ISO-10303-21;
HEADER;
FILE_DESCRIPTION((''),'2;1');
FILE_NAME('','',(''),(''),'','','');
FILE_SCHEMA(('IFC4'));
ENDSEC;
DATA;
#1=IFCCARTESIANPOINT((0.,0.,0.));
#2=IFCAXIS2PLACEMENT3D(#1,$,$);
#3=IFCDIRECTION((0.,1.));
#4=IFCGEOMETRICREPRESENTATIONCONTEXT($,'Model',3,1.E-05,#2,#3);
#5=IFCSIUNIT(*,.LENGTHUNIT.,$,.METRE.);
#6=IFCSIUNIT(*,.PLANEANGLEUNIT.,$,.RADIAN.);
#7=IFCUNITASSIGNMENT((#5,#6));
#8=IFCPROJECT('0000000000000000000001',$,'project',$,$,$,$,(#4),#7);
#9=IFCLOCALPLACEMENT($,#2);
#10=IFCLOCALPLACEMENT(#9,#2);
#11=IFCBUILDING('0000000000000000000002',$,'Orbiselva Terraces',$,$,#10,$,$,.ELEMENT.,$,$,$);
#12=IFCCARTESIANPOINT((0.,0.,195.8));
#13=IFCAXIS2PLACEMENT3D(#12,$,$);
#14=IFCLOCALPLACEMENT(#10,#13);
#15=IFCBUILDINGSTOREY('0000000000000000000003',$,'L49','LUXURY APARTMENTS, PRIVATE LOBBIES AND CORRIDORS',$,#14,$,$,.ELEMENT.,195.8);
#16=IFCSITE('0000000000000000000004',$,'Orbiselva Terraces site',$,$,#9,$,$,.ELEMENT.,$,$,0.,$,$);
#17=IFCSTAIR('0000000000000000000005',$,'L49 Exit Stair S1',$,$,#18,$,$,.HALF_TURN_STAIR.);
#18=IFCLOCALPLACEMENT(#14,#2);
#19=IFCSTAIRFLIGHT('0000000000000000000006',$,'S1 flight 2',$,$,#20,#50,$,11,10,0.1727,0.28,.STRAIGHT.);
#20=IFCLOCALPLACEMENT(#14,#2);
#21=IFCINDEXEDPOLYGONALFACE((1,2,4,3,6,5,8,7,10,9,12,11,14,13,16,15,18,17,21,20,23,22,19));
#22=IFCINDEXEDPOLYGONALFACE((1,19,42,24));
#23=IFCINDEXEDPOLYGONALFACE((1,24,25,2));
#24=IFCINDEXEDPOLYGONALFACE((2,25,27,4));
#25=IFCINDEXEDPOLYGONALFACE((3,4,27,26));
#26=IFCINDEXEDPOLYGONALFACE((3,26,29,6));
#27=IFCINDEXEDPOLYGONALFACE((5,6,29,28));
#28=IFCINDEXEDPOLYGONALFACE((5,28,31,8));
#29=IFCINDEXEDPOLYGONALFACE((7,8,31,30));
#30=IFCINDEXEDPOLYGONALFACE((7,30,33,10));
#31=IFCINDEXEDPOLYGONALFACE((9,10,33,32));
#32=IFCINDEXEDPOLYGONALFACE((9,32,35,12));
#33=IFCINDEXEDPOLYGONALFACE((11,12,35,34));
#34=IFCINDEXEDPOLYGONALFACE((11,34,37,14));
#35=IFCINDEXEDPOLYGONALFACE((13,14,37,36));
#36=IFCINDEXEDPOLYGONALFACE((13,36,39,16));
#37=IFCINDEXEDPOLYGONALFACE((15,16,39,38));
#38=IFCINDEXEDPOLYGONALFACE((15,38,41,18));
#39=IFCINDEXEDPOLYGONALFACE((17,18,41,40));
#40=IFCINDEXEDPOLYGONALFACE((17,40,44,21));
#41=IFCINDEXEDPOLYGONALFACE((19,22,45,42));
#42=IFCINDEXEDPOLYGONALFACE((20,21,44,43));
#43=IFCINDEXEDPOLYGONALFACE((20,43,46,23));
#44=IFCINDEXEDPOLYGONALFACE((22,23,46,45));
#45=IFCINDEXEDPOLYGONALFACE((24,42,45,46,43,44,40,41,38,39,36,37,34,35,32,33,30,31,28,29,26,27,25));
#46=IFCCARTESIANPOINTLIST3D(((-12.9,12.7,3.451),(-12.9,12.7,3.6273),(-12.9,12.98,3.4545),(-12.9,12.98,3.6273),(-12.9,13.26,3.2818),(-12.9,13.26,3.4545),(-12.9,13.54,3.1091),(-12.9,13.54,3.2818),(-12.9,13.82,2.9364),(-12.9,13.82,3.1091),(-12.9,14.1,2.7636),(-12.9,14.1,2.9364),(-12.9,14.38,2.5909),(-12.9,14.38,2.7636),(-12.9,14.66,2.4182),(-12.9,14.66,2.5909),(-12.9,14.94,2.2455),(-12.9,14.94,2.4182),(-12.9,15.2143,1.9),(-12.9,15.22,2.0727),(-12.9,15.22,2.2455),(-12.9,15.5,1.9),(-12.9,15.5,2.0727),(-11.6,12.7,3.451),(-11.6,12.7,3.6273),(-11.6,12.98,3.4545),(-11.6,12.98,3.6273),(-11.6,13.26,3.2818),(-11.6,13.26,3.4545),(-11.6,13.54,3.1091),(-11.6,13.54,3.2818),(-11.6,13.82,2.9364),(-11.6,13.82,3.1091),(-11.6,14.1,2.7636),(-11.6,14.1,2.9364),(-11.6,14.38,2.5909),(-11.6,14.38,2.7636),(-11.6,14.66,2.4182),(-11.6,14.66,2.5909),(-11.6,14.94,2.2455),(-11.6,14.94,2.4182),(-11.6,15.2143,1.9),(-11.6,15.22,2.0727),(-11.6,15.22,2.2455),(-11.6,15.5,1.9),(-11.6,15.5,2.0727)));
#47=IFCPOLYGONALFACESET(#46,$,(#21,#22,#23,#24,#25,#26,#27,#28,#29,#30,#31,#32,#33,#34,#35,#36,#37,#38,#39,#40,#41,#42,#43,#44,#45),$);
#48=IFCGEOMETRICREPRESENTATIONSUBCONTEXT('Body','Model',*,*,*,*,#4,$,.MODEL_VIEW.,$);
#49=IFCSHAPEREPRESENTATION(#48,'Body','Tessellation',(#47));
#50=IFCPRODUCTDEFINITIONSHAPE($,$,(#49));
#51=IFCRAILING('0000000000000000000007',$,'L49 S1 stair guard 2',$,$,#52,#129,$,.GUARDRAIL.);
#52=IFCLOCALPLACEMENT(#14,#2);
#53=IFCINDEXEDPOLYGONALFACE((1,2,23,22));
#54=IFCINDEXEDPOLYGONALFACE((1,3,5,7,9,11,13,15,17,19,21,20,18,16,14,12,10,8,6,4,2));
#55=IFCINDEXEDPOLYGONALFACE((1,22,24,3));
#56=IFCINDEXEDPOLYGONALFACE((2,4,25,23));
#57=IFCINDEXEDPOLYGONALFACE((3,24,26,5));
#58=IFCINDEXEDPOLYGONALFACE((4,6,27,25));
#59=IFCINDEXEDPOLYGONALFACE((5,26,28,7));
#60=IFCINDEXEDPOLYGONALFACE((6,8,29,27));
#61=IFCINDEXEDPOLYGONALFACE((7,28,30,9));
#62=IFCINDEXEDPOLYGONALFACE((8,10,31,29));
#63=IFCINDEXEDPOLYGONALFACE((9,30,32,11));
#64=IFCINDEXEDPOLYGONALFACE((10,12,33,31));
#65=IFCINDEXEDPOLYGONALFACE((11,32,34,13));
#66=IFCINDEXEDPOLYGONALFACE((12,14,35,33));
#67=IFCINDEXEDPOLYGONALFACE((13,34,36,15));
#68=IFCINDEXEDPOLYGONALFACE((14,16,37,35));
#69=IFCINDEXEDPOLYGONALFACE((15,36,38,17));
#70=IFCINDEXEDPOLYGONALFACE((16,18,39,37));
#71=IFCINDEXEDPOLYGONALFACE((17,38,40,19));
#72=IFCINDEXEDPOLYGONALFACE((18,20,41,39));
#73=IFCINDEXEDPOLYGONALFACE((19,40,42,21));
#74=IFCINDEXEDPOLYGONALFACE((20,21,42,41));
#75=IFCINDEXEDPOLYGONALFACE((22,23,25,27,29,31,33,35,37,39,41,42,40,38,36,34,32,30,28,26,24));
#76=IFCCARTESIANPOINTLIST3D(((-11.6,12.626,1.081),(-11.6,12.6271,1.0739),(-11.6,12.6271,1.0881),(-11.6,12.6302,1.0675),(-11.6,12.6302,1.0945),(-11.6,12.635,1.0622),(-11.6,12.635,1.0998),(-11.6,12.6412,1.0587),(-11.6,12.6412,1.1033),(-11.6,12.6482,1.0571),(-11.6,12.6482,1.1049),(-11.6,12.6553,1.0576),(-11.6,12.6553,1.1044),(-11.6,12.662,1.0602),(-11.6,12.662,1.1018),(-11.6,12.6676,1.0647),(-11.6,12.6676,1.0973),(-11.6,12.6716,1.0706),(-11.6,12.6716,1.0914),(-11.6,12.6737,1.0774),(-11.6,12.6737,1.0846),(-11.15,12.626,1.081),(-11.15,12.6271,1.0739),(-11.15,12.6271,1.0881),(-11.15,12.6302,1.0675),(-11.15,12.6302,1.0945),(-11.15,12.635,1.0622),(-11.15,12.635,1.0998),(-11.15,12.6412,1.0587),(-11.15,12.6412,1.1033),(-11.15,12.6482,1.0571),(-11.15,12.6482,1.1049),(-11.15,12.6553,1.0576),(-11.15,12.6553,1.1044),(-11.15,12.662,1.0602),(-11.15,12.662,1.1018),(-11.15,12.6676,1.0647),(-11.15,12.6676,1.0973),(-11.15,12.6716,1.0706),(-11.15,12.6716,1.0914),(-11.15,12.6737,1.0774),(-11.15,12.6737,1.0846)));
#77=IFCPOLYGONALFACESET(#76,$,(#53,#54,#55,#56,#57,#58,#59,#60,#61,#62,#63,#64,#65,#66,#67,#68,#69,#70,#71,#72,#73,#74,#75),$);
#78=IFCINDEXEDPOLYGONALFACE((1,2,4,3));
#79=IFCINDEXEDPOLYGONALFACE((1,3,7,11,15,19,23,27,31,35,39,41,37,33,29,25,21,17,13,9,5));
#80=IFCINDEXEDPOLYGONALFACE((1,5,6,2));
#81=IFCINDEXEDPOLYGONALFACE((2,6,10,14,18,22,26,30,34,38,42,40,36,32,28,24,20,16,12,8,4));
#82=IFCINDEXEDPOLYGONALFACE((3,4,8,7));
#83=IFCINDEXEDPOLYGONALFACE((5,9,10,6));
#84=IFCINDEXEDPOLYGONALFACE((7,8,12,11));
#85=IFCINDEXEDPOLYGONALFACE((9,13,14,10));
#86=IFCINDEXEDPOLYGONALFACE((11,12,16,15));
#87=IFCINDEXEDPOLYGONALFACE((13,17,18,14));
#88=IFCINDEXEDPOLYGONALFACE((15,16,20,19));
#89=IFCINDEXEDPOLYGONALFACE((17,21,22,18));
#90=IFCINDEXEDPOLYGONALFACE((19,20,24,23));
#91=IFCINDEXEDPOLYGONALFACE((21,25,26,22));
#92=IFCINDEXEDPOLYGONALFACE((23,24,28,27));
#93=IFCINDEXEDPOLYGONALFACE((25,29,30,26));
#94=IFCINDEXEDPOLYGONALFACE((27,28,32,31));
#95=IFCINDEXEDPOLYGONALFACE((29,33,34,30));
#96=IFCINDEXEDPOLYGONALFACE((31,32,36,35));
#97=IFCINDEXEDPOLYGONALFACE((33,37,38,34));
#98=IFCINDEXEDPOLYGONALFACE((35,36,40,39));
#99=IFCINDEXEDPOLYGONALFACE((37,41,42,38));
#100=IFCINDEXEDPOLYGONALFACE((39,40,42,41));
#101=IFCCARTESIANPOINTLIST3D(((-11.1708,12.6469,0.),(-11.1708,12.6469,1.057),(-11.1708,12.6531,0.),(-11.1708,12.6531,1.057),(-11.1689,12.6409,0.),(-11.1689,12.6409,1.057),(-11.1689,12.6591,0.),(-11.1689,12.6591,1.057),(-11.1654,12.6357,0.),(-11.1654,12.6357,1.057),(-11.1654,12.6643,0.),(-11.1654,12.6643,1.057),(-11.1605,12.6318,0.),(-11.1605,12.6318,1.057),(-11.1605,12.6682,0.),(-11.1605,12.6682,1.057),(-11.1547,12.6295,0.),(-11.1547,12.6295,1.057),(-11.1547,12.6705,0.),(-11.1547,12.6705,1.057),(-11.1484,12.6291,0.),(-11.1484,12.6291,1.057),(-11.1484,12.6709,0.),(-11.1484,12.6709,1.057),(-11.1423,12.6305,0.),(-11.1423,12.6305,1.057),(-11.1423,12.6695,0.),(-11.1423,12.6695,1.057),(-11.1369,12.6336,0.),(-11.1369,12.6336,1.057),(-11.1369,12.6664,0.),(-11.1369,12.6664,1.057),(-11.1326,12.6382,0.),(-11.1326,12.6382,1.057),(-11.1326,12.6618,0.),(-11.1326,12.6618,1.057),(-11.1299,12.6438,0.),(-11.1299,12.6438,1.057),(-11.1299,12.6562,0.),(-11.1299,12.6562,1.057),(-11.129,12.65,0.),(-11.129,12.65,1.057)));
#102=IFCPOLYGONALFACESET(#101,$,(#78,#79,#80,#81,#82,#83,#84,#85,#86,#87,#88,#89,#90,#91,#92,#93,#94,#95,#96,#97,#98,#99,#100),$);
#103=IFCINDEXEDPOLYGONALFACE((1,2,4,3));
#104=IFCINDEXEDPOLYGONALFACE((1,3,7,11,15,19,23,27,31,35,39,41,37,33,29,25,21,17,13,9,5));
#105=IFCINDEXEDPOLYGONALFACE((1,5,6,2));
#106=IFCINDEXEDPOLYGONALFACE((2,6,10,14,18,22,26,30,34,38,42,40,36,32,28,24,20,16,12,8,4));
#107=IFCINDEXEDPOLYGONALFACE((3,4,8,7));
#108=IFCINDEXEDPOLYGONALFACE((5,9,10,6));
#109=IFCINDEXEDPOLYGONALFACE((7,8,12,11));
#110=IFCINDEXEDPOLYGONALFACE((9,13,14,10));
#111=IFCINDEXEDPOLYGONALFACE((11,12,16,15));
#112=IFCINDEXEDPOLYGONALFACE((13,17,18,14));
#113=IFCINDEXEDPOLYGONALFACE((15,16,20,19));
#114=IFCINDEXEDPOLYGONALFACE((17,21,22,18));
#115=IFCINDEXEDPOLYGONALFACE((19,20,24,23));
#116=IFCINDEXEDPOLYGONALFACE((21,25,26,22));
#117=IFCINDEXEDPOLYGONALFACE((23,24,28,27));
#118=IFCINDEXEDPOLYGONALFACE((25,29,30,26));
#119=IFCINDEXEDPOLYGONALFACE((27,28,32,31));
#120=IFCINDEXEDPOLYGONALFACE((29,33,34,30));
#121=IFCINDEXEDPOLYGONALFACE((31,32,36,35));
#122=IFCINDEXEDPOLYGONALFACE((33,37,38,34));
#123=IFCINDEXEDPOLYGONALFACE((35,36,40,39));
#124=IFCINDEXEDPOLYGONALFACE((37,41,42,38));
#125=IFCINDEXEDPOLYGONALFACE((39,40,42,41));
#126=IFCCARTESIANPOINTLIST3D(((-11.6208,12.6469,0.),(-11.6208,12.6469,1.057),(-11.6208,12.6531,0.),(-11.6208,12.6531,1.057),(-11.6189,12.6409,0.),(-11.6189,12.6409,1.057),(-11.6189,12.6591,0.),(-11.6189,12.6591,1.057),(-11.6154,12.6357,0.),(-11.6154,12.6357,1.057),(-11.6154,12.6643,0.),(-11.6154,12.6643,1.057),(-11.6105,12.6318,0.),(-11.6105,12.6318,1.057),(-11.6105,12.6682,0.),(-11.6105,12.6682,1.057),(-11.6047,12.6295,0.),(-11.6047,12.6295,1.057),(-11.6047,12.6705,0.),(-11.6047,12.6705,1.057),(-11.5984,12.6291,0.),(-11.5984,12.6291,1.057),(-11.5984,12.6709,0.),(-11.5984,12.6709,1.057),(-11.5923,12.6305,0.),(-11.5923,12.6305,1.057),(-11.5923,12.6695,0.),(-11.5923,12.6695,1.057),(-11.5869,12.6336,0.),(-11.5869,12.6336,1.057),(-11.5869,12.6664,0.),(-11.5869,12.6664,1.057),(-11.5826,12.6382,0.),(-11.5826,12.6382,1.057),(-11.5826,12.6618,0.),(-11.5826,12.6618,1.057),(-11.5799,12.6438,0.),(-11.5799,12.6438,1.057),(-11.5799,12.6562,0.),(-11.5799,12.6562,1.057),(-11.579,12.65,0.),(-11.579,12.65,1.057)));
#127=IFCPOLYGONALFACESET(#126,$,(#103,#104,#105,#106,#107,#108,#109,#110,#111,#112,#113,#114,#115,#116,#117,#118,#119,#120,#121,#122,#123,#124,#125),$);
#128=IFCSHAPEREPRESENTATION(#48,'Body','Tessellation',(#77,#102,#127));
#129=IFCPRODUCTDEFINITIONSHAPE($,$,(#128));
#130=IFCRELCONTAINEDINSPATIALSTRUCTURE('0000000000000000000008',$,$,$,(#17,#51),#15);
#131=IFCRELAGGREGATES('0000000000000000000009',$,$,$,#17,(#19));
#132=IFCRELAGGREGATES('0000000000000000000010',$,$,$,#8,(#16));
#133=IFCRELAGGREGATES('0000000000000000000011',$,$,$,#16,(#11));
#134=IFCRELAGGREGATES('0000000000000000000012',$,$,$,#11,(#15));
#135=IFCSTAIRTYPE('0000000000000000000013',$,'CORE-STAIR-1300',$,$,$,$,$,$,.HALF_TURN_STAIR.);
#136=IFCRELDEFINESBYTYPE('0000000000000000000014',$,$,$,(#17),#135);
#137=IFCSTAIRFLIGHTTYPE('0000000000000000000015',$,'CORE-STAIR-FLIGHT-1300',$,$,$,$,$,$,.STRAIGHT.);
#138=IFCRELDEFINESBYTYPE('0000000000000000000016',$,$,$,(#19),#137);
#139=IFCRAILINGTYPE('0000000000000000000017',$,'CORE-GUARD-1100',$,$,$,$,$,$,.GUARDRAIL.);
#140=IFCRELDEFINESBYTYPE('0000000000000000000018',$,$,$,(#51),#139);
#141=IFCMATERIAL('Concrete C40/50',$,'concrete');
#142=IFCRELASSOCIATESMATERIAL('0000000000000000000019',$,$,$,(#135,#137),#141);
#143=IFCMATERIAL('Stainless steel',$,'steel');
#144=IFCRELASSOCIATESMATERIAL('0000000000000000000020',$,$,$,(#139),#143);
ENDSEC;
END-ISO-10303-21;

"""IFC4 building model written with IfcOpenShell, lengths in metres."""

from ifc_helpers import new_model, si_unit, direction, frame, origin, origin_2d, place, context, subcontext, project, spatial, polyline, circle, outline, extrude, material, type_object, element, aggregate, save


model = new_model("IFC4")

# Units and contexts
model_context = context("Model", 3, precision=1e-05, world=origin(), true_north=direction((0.0, 1.0)))
body_context = subcontext(model_context, "Body", "Model", "MODEL_VIEW")
ifc_project = project(units=[si_unit("LENGTHUNIT", "METRE"), si_unit("PLANEANGLEUNIT", "RADIAN")], contexts=[model_context])

# Site, building, storey
site_placement = place(None, origin())
site = spatial("IfcSite", under=ifc_project, at=site_placement, Name="Orbiselva Terraces site", CompositionType="ELEMENT", RefElevation=0.0)
building_placement = place(site_placement, origin())
building = spatial("IfcBuilding", under=site, at=building_placement, Name="Orbiselva Terraces", CompositionType="ELEMENT")
storey_placement = place(building_placement, frame((0.0, 0.0, 195.8)))
storey = spatial("IfcBuildingStorey", under=building, at=storey_placement, Name="L49", Description="LUXURY APARTMENTS, PRIVATE LOBBIES AND CORRIDORS", CompositionType="ELEMENT", Elevation=195.8)

# Shared definitions
ifc_material_1 = material(Name="Concrete C40/50", Category="concrete")

# Stair, stair flight
stair_type = type_object("IfcStairType", Name="CORE-STAIR-1300", PredefinedType="HALF_TURN_STAIR", material=ifc_material_1)
stair_placement = place(storey_placement, origin())
stair = element("IfcStair", 1, at=stair_placement, inside=storey, type_object=stair_type, Name="L49 Exit Stair S1", PredefinedType="HALF_TURN_STAIR")
stair_flight_type = type_object("IfcStairFlightType", Name="CORE-STAIR-FLIGHT-1300", PredefinedType="STRAIGHT", material=ifc_material_1)
stair_flight_1_placement = place(storey_placement, frame((-12.25, 15.5, 1.9), z_axis=(0.0, 0.0, 1.0), x_axis=(0.0, -1.0, 0.0)))
stair_flight_1 = element("IfcStairFlight", 2, at=stair_flight_1_placement, type_object=stair_flight_type, Name="S1 flight 2", NumberOfRisers=11, NumberOfTreads=10, PredefinedType="STRAIGHT", RiserHeight=0.1727, TreadLength=0.28, context=body_context, shape_type="SweptSolid", body=[
    extrude(outline(polyline([(0.0, 0.0), (0.0, 0.1727), (0.28, 0.1727), (0.28, 0.3455), (0.56, 0.3455), (0.56, 0.5182), (0.84, 0.5182), (0.84, 0.6909), (1.12, 0.6909), (1.12, 0.8636), (1.4, 0.8636), (1.4, 1.0364), (1.68, 1.0364), (1.68, 1.2091), (1.96, 1.2091), (1.96, 1.3818), (2.24, 1.3818), (2.24, 1.5545), (2.52, 1.5545), (2.52, 1.7273), (2.8, 1.7273), (2.8, 1.9), (2.8, 1.551), (0.2857, 0.0), (0.0, 0.0)])), frame((0.0, 0.65, 0.0), z_axis=(0.0, -1.0, 0.0), x_axis=(1.0, 0.0, 0.0)), (0.0, 0.0, 1.0), 1.3),
])
aggregate(stair, [stair_flight_1])

# Railing
ifc_material_2 = material(Name="Stainless steel", Category="steel")
railing_type_1 = type_object("IfcRailingType", Name="CORE-GUARD-1100", PredefinedType="GUARDRAIL", material=ifc_material_2)
railing_1_placement = place(storey_placement, frame((-11.15, 12.65, 0.0)))
element("IfcRailing", 3, at=railing_1_placement, inside=storey, type_object=railing_type_1, Name="L49 S1 stair guard 2", PredefinedType="GUARDRAIL", context=body_context, shape_type="SweptSolid", body=[
    extrude(circle(Radius=0.024, at=origin_2d()), frame((0.0, 0.0, 1.081), z_axis=(-1.0, 0.0, 0.0), x_axis=(0.0, -1.0, 0.0)), (0.0, 0.0, 1.0), 0.45),
    extrude(circle(Radius=0.021, at=origin_2d()), origin(), (0.0, 0.0, 1.0), 1.057),
    extrude(circle(Radius=0.021, at=origin_2d()), frame((-0.45, 0.0, 0.0)), (0.0, 0.0, 1.0), 1.057),
])

save(model, "model.ifc")
